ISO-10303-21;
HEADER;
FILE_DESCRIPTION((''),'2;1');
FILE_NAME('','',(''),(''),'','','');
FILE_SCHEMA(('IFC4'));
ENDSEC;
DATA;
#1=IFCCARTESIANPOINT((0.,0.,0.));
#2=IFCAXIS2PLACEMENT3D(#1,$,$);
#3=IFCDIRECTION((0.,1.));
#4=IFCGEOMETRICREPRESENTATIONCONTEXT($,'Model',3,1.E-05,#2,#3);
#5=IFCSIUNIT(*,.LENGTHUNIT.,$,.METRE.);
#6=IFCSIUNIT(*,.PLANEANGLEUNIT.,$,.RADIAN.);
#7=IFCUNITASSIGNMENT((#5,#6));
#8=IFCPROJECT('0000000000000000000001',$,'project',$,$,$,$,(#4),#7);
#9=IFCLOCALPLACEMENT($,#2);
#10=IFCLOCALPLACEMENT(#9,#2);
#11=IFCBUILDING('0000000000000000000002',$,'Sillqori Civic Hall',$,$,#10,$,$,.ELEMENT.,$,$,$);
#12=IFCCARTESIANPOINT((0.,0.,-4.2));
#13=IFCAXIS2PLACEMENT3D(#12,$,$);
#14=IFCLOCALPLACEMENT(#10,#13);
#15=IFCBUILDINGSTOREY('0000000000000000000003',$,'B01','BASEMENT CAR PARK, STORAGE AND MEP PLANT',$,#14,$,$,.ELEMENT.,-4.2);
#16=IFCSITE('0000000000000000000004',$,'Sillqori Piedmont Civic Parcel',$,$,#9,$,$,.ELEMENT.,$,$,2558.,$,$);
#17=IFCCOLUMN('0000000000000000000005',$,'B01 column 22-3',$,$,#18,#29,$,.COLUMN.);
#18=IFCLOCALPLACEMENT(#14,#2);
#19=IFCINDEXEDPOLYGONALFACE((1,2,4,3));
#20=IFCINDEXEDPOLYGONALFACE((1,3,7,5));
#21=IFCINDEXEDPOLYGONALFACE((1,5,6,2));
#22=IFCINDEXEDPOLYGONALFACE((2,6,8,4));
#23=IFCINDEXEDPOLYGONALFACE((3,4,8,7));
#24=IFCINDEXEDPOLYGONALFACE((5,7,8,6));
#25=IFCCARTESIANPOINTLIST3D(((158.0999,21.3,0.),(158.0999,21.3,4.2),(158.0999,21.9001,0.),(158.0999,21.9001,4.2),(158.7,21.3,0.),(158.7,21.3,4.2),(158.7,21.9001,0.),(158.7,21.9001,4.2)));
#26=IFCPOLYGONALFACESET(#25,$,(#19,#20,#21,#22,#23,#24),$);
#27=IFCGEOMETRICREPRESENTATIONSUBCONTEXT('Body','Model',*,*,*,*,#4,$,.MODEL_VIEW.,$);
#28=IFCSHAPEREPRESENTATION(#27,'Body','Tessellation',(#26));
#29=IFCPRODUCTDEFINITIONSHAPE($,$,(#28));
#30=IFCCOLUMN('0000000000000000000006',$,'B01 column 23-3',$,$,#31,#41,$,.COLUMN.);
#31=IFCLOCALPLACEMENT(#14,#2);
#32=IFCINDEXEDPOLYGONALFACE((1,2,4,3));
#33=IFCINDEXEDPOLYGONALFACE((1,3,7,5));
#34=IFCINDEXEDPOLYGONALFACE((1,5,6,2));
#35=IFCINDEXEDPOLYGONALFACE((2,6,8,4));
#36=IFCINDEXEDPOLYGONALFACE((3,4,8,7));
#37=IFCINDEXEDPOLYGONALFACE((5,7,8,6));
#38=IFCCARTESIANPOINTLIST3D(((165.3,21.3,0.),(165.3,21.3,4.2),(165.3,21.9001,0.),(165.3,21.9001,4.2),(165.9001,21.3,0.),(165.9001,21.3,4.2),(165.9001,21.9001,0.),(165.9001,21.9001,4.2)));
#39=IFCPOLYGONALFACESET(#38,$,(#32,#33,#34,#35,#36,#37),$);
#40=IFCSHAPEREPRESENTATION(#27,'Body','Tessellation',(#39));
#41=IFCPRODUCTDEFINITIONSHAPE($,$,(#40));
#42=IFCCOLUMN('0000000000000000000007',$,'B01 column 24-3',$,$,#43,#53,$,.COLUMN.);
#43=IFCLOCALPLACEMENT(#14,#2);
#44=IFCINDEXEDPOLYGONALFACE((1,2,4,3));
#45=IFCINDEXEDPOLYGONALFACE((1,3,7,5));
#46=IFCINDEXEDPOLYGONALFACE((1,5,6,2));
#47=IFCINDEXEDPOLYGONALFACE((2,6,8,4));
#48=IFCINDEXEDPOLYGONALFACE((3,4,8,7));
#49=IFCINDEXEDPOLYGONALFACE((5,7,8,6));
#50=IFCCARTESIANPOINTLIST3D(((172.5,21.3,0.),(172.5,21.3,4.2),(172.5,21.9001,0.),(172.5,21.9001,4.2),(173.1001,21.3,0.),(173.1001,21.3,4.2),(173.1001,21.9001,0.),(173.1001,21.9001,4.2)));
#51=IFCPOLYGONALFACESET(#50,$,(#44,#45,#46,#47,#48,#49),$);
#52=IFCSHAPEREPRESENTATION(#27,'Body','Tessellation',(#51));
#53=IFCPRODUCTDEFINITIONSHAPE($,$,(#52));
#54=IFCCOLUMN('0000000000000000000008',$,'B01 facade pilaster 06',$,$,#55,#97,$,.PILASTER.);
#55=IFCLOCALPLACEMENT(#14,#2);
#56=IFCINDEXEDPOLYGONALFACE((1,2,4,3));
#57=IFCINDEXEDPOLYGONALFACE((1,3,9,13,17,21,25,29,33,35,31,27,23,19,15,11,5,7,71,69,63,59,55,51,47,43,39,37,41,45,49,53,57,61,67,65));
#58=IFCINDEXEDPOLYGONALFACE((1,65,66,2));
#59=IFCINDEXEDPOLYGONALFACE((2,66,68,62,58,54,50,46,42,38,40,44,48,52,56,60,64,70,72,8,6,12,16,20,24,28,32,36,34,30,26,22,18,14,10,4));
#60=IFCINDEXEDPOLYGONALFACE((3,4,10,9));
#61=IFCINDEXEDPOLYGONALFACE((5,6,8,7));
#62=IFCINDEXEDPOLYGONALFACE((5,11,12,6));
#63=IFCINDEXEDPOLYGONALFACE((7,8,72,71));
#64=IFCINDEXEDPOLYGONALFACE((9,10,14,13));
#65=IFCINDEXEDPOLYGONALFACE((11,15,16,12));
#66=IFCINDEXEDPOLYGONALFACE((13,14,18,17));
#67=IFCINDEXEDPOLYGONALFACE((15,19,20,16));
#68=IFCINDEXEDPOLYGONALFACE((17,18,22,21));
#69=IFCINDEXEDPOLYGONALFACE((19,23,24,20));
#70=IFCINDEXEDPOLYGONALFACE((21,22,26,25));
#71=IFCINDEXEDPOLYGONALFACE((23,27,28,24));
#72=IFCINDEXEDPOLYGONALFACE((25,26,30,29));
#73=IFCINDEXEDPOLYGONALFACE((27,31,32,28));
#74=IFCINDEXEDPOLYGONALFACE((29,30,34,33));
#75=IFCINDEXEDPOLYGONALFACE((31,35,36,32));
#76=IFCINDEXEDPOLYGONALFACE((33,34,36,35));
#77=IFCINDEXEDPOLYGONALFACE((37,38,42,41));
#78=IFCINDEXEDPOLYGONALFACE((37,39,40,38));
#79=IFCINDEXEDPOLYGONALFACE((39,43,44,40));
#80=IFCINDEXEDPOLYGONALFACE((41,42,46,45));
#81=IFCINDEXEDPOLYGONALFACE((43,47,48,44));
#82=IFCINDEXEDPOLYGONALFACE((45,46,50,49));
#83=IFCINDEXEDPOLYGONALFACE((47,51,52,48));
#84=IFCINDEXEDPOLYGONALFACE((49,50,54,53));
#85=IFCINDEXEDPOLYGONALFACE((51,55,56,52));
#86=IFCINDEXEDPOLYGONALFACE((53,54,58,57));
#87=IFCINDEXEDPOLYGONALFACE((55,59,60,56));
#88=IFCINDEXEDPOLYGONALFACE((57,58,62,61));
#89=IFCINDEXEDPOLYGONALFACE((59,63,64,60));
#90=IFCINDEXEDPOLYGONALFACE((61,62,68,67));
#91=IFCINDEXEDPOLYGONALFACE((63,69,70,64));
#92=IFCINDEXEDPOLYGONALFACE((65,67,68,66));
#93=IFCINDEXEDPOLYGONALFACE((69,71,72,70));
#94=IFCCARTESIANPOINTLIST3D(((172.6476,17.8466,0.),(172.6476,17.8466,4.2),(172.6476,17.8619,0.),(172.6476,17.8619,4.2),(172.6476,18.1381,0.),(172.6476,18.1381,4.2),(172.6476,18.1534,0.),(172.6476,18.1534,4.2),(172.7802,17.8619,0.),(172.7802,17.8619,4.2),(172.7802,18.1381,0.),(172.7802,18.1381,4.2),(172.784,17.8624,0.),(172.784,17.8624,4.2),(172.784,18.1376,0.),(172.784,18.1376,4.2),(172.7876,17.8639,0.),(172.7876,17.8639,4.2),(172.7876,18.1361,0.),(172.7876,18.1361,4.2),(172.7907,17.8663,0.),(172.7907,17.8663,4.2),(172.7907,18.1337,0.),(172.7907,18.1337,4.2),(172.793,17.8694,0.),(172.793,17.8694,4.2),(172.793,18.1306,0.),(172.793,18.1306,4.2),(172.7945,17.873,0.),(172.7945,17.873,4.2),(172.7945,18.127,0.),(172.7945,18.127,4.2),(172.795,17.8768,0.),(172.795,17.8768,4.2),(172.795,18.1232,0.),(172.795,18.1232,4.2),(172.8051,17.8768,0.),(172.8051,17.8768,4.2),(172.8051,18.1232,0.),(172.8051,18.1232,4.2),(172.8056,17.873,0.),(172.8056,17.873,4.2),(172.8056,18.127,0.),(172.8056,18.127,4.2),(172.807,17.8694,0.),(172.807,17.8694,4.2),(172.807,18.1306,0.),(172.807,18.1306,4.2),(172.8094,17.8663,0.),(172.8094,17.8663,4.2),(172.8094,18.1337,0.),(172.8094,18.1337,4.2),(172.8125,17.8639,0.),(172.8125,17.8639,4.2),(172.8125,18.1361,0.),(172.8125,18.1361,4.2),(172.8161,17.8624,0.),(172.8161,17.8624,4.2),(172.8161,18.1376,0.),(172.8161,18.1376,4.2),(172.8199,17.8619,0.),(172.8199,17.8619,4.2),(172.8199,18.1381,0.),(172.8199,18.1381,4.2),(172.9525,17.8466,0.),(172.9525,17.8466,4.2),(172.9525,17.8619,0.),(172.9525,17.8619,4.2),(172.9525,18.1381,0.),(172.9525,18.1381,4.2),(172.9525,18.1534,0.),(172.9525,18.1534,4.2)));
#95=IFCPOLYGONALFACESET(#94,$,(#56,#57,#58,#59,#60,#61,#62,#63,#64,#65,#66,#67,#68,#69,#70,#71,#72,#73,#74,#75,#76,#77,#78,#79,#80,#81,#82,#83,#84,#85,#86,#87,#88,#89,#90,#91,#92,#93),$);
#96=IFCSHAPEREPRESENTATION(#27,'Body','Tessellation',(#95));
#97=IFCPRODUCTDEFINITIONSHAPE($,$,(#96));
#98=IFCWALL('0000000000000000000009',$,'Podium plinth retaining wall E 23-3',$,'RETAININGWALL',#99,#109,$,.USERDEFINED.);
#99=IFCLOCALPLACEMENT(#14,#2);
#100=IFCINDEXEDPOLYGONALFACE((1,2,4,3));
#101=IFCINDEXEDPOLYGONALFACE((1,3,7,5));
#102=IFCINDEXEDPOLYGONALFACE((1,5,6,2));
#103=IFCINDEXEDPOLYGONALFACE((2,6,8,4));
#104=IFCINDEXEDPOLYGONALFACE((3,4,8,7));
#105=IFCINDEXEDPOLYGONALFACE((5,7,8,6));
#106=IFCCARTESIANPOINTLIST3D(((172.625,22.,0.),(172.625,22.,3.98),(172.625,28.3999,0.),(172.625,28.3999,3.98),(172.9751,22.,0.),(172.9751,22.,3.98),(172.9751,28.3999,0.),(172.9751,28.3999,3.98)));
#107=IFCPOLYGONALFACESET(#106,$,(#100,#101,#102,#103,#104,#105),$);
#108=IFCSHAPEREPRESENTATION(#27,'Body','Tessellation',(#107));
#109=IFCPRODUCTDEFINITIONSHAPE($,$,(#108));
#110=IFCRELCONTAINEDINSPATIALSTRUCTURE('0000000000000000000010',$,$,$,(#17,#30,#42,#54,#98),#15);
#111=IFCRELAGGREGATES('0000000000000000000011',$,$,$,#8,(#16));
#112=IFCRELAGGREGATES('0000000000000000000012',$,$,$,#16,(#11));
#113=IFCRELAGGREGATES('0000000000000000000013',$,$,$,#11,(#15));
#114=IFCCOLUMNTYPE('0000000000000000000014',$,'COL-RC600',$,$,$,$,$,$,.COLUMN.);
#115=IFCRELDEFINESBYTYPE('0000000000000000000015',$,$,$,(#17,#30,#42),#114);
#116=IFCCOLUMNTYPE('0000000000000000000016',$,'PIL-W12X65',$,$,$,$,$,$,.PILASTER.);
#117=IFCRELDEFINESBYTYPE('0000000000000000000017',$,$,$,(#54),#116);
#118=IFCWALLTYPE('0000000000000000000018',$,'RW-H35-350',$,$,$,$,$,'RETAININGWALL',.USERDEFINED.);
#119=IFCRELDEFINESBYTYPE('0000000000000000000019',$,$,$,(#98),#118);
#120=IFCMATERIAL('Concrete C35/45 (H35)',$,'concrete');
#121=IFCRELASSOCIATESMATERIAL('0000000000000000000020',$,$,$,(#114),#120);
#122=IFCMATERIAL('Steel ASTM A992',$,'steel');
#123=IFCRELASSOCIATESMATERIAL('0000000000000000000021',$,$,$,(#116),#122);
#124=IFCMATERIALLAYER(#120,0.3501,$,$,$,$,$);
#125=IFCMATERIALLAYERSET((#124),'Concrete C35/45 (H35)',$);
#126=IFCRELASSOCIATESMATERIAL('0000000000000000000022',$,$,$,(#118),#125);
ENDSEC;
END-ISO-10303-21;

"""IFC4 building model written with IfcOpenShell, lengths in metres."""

from ifc_helpers import new_model, si_unit, direction, frame, frame_2d, origin, origin_2d, place, context, subcontext, project, spatial, rectangle, i_section, extrude, material, layer, layer_set, material_profile, profile_set, type_object, element, save


model = new_model("IFC4")

# Units and contexts
model_context = context("Model", 3, precision=1e-05, world=origin(), true_north=direction((0.0, 1.0)))
body_context = subcontext(model_context, "Body", "Model", "MODEL_VIEW")
ifc_project = project(units=[si_unit("LENGTHUNIT", "METRE"), si_unit("PLANEANGLEUNIT", "RADIAN")], contexts=[model_context])

# Site, building, storey
site_placement = place(None, origin())
site = spatial("IfcSite", under=ifc_project, at=site_placement, Name="Sillqori Piedmont Civic Parcel", CompositionType="ELEMENT", RefElevation=2558.0)
building_placement = place(site_placement, origin())
building = spatial("IfcBuilding", under=site, at=building_placement, Name="Sillqori Civic Hall", CompositionType="ELEMENT")
storey_placement = place(building_placement, frame((0.0, 0.0, -4.2)))
storey = spatial("IfcBuildingStorey", under=building, at=storey_placement, Name="B01", Description="BASEMENT CAR PARK, STORAGE AND MEP PLANT", CompositionType="ELEMENT", Elevation=-4.2)

# Shared definitions
ifc_material_1 = material(Name="Concrete C35/45 (H35)", Category="concrete")

# Columns
ifc_material_profile_1 = material_profile(ifc_material_1, rectangle(XDim=0.6001, YDim=0.6001, at=origin_2d()), Name="RC 600x600")
ifc_profile_set_1 = profile_set([ifc_material_profile_1], Name="Concrete C35/45 (H35)")
column_type_1 = type_object("IfcColumnType", Name="COL-RC600", PredefinedType="COLUMN", material=ifc_profile_set_1)
for number, where, z_axis, x_axis, name in (
    (1, (158.3999, 21.6001, 0.0), (0.0, 0.0, 1.0), (1.0, 0.0, 0.0), "B01 column 22-3"),
    (2, (165.6001, 21.6001, 0.0), (0.0, 0.0, 1.0), (1.0, 0.0, 0.0), "B01 column 23-3"),
    (3, (172.8, 21.6001, 0.0), (0.0, 0.0, 1.0), (1.0, 0.0, 0.0), "B01 column 24-3"),
):
    element("IfcColumn", number, at=place(storey_placement, frame(where, z_axis=z_axis, x_axis=x_axis)), inside=storey, type_object=column_type_1, Name=name, PredefinedType="COLUMN", context=body_context, shape_type="SweptSolid", body=[
        extrude(rectangle(XDim=0.6001, YDim=0.6001, at=origin_2d()), origin(), (0.0, 0.0, 1.0), 4.2),
    ])
ifc_material_2 = material(Name="Steel ASTM A992", Category="steel")
ifc_material_profile_2 = material_profile(ifc_material_2, i_section(OverallWidth=0.3049, OverallDepth=0.3069, WebThickness=0.01, FlangeThickness=0.0154, FilletRadius=0.0149, at=origin_2d()), Name="W12X65")
ifc_profile_set_2 = profile_set([ifc_material_profile_2], Name="Steel ASTM A992")
column_type_2 = type_object("IfcColumnType", Name="PIL-W12X65", PredefinedType="PILASTER", material=ifc_profile_set_2)
column_placement = place(storey_placement, frame((172.8, 18.0, 0.0), z_axis=(0.0, 0.0, 1.0), x_axis=(1.0, 0.0, 0.0)))
element("IfcColumn", 4, at=column_placement, inside=storey, type_object=column_type_2, Name="B01 facade pilaster 06", PredefinedType="PILASTER", context=body_context, shape_type="SweptSolid", body=[
    extrude(i_section(OverallWidth=0.3049, OverallDepth=0.3069, WebThickness=0.01, FlangeThickness=0.0154, FilletRadius=0.0149, at=origin_2d()), origin(), (0.0, 0.0, 1.0), 4.2),
])

# Wall
ifc_layer = layer(ifc_material_1, 0.3501)
ifc_layer_set = layer_set([ifc_layer], Name="Concrete C35/45 (H35)")
wall_type = type_object("IfcWallType", Name="RW-H35-350", ElementType="RETAININGWALL", PredefinedType="USERDEFINED", material=ifc_layer_set)
wall_placement = place(storey_placement, frame((172.8, 22.0, 0.0), z_axis=(0.0, 0.0, 1.0), x_axis=(0.0, 1.0, 0.0)))
element("IfcWall", 5, at=wall_placement, inside=storey, type_object=wall_type, Name="Podium plinth retaining wall E 23-3", ObjectType="RETAININGWALL", PredefinedType="USERDEFINED", context=body_context, shape_type="SweptSolid", body=[
    extrude(rectangle(XDim=6.3999, YDim=0.3501, at=frame_2d((3.2, 0.0))), origin(), (0.0, 0.0, 1.0), 3.98),
])

save(model, "model.ifc")
